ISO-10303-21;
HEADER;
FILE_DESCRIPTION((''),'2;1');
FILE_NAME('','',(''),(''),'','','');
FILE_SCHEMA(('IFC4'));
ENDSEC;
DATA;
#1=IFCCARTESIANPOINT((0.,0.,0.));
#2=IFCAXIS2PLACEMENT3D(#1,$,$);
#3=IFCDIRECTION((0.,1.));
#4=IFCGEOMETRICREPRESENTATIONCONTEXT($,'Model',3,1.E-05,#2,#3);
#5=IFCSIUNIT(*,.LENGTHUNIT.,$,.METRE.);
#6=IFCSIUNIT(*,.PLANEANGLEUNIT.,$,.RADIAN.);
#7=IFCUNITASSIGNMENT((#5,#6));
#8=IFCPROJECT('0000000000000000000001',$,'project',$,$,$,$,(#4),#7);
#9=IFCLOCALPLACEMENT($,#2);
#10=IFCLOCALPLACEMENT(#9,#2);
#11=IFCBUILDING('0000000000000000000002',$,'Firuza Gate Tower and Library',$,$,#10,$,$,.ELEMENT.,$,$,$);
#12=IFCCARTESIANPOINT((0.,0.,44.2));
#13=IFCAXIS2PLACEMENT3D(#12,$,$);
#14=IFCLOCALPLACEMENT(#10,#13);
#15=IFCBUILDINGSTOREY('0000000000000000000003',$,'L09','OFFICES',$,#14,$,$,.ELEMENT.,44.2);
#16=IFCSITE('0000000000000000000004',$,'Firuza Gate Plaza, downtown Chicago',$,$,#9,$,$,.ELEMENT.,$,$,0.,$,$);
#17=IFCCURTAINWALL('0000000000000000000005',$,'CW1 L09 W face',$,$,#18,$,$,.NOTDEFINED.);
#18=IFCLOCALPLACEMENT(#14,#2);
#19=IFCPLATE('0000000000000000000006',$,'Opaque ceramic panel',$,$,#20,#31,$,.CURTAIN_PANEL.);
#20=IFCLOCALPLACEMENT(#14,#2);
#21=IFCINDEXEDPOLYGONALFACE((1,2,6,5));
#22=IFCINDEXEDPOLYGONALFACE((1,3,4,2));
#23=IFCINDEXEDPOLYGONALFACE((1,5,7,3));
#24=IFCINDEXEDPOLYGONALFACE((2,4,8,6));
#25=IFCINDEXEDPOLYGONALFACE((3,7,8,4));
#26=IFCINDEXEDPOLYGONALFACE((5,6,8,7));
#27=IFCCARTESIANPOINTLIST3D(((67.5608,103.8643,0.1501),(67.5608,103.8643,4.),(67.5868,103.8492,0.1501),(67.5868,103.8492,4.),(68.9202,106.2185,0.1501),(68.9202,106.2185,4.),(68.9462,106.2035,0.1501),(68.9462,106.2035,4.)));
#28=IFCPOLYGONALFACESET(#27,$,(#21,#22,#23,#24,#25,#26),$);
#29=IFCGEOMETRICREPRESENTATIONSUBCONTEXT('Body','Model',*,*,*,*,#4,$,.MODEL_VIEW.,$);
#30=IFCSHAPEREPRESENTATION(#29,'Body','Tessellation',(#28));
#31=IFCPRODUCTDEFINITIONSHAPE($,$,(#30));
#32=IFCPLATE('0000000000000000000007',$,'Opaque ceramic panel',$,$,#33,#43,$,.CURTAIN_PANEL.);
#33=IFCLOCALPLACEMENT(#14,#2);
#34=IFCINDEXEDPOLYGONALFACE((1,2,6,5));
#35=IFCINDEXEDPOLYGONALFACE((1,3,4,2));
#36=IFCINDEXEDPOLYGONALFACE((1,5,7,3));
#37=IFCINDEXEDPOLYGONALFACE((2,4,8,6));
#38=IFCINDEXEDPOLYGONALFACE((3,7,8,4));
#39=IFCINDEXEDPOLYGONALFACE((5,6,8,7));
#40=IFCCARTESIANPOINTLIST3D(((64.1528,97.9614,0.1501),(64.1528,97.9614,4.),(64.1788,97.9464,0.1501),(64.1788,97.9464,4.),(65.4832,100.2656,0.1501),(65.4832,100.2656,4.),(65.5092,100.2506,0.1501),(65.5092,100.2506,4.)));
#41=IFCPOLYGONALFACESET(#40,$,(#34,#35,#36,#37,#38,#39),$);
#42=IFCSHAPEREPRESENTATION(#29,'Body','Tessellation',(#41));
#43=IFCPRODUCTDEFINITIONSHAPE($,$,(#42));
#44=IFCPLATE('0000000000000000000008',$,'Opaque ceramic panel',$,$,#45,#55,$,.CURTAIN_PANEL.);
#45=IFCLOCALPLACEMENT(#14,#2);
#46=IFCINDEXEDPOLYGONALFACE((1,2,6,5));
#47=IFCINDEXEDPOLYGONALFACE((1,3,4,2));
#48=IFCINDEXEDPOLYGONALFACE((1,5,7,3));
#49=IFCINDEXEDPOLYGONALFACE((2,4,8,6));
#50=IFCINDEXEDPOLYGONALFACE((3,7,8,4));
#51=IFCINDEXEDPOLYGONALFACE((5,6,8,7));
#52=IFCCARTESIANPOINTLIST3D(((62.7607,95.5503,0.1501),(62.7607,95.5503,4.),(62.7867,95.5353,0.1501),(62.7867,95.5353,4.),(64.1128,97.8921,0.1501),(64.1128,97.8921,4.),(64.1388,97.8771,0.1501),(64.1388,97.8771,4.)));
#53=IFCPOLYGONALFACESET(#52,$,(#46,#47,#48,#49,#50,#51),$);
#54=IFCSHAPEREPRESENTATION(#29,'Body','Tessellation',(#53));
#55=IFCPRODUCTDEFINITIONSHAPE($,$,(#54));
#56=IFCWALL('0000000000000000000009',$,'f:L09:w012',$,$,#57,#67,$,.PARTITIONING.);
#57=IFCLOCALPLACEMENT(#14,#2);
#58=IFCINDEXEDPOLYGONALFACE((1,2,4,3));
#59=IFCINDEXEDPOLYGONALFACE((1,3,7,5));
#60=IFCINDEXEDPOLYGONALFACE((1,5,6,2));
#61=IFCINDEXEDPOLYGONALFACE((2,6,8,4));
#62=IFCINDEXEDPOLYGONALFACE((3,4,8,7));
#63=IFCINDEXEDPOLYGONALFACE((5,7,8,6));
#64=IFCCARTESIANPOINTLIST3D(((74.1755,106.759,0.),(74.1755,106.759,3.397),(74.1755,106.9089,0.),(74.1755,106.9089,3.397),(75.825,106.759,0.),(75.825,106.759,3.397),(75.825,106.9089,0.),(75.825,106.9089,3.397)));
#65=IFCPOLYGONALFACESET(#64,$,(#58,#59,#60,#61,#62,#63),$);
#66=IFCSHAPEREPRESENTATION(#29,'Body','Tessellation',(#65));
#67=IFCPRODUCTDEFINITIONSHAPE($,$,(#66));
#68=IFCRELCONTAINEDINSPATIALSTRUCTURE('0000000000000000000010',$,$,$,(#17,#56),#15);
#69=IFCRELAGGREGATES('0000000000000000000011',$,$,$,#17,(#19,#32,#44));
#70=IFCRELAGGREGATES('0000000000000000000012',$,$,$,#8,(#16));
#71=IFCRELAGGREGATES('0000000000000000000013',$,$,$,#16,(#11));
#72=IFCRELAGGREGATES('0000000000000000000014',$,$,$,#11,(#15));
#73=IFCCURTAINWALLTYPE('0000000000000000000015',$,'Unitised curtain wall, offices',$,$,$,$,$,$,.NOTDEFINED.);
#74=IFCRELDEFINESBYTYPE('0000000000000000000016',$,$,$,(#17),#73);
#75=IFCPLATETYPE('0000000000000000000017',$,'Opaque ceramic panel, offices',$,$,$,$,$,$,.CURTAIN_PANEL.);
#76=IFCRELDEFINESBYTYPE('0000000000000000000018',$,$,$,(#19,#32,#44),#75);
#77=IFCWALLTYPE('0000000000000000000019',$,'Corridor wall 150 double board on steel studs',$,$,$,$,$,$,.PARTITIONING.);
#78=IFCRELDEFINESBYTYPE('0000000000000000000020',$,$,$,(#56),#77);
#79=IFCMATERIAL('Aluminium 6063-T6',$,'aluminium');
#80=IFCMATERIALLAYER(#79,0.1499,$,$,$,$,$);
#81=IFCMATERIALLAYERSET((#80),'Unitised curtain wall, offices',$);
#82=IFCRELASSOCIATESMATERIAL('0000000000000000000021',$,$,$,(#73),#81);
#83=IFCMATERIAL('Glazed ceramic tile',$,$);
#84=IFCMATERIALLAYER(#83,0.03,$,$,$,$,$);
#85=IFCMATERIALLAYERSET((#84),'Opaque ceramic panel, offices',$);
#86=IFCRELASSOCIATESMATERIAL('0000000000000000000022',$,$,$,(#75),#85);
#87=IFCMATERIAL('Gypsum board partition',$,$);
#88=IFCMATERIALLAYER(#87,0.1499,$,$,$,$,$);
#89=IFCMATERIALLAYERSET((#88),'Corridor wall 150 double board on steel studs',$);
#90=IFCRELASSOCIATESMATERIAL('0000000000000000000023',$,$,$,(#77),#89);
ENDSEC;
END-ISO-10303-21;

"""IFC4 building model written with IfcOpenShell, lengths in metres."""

from ifc_helpers import new_model, si_unit, direction, frame, frame_2d, origin, place, context, subcontext, project, spatial, polyline, rectangle, outline, extrude, material, layer, layer_set, type_object, element, aggregate, save


model = new_model("IFC4")

# Units and contexts
model_context = context("Model", 3, precision=1e-05, world=origin(), true_north=direction((0.0, 1.0)))
body_context = subcontext(model_context, "Body", "Model", "MODEL_VIEW")
ifc_project = project(units=[si_unit("LENGTHUNIT", "METRE"), si_unit("PLANEANGLEUNIT", "RADIAN")], contexts=[model_context])

# Site, building, storey
site_placement = place(None, origin())
site = spatial("IfcSite", under=ifc_project, at=site_placement, Name="Firuza Gate Plaza, downtown Chicago", CompositionType="ELEMENT", RefElevation=0.0)
building_placement = place(site_placement, origin())
building = spatial("IfcBuilding", under=site, at=building_placement, Name="Firuza Gate Tower and Library", CompositionType="ELEMENT")
storey_placement = place(building_placement, frame((0.0, 0.0, 44.2)))
storey = spatial("IfcBuildingStorey", under=building, at=storey_placement, Name="L09", Description="OFFICES", CompositionType="ELEMENT", Elevation=44.2)

# Curtain wall
ifc_material_1 = material(Name="Aluminium 6063-T6", Category="aluminium")
ifc_layer_1 = layer(ifc_material_1, 0.1499)
ifc_layer_set_1 = layer_set([ifc_layer_1], Name="Unitised curtain wall, offices")
curtain_wall_type_1 = type_object("IfcCurtainWallType", Name="Unitised curtain wall, offices", PredefinedType="NOTDEFINED", material=ifc_layer_set_1)
placement = place(storey_placement, origin())
curtain_wall_1 = element("IfcCurtainWall", 1, at=placement, inside=storey, type_object=curtain_wall_type_1, Name="CW1 L09 W face", PredefinedType="NOTDEFINED")

# Plates
ifc_material_2 = material(Name="Glazed ceramic tile")
ifc_layer_2 = layer(ifc_material_2, 0.03)
ifc_layer_set_2 = layer_set([ifc_layer_2], Name="Opaque ceramic panel, offices")
plate_type_1 = type_object("IfcPlateType", Name="Opaque ceramic panel, offices", PredefinedType="CURTAIN_PANEL", material=ifc_layer_set_2)
plate_1_placement = place(storey_placement, frame((68.9202, 106.2185, 0.1501), z_axis=(-0.866002, 0.500041, 0.0), x_axis=(-0.500041, -0.866002, 0.0)))
plate_1 = element("IfcPlate", 2, at=plate_1_placement, type_object=plate_type_1, Name="Opaque ceramic panel", PredefinedType="CURTAIN_PANEL", context=body_context, shape_type="SweptSolid", body=[
    extrude(outline(polyline([(0.0, 0.0), (2.7185, 0.0), (2.7185, 3.8499), (0.0, 3.8499), (0.0, 0.0)])), origin(), (0.0, 0.0, -1.0), 0.03),
])
plate_2_placement = place(storey_placement, frame((65.4832, 100.2656, 0.1501), z_axis=(-0.866027, 0.499998, 0.0), x_axis=(-0.499998, -0.866027, 0.0)))
plate_2 = element("IfcPlate", 3, at=plate_2_placement, type_object=plate_type_1, Name="Opaque ceramic panel", PredefinedType="CURTAIN_PANEL", context=body_context, shape_type="SweptSolid", body=[
    extrude(outline(polyline([(0.0, 0.0), (2.6607, 0.0), (2.6607, 3.8499), (0.0, 3.8499), (0.0, 0.0)])), origin(), (0.0, 0.0, -1.0), 0.03),
])
plate_3_placement = place(storey_placement, frame((64.1128, 97.8921, 0.1501), z_axis=(-0.866023, 0.500004, 0.0), x_axis=(-0.500004, -0.866023, 0.0)))
plate_3 = element("IfcPlate", 4, at=plate_3_placement, type_object=plate_type_1, Name="Opaque ceramic panel", PredefinedType="CURTAIN_PANEL", context=body_context, shape_type="SweptSolid", body=[
    extrude(outline(polyline([(0.0, 0.0), (2.7041, 0.0), (2.7041, 3.8499), (0.0, 3.8499), (0.0, 0.0)])), origin(), (0.0, 0.0, -1.0), 0.03),
])
aggregate(curtain_wall_1, [plate_1, plate_2, plate_3])

# Wall
ifc_material_3 = material(Name="Gypsum board partition")
ifc_layer_3 = layer(ifc_material_3, 0.1499)
ifc_layer_set_3 = layer_set([ifc_layer_3], Name="Corridor wall 150 double board on steel studs")
wall_type = type_object("IfcWallType", Name="Corridor wall 150 double board on steel studs", PredefinedType="PARTITIONING", material=ifc_layer_set_3)
wall_placement = place(storey_placement, frame((74.1755, 106.834, 0.0), z_axis=(0.0, 0.0, 1.0), x_axis=(1.0, 0.0, 0.0)))
element("IfcWall", 5, at=wall_placement, inside=storey, type_object=wall_type, Name="f:L09:w012", PredefinedType="PARTITIONING", context=body_context, shape_type="SweptSolid", body=[
    extrude(rectangle(XDim=1.6494, YDim=0.1499, at=frame_2d((0.8247, 0.0))), origin(), (0.0, 0.0, 1.0), 3.397),
])

save(model, "model.ifc")
